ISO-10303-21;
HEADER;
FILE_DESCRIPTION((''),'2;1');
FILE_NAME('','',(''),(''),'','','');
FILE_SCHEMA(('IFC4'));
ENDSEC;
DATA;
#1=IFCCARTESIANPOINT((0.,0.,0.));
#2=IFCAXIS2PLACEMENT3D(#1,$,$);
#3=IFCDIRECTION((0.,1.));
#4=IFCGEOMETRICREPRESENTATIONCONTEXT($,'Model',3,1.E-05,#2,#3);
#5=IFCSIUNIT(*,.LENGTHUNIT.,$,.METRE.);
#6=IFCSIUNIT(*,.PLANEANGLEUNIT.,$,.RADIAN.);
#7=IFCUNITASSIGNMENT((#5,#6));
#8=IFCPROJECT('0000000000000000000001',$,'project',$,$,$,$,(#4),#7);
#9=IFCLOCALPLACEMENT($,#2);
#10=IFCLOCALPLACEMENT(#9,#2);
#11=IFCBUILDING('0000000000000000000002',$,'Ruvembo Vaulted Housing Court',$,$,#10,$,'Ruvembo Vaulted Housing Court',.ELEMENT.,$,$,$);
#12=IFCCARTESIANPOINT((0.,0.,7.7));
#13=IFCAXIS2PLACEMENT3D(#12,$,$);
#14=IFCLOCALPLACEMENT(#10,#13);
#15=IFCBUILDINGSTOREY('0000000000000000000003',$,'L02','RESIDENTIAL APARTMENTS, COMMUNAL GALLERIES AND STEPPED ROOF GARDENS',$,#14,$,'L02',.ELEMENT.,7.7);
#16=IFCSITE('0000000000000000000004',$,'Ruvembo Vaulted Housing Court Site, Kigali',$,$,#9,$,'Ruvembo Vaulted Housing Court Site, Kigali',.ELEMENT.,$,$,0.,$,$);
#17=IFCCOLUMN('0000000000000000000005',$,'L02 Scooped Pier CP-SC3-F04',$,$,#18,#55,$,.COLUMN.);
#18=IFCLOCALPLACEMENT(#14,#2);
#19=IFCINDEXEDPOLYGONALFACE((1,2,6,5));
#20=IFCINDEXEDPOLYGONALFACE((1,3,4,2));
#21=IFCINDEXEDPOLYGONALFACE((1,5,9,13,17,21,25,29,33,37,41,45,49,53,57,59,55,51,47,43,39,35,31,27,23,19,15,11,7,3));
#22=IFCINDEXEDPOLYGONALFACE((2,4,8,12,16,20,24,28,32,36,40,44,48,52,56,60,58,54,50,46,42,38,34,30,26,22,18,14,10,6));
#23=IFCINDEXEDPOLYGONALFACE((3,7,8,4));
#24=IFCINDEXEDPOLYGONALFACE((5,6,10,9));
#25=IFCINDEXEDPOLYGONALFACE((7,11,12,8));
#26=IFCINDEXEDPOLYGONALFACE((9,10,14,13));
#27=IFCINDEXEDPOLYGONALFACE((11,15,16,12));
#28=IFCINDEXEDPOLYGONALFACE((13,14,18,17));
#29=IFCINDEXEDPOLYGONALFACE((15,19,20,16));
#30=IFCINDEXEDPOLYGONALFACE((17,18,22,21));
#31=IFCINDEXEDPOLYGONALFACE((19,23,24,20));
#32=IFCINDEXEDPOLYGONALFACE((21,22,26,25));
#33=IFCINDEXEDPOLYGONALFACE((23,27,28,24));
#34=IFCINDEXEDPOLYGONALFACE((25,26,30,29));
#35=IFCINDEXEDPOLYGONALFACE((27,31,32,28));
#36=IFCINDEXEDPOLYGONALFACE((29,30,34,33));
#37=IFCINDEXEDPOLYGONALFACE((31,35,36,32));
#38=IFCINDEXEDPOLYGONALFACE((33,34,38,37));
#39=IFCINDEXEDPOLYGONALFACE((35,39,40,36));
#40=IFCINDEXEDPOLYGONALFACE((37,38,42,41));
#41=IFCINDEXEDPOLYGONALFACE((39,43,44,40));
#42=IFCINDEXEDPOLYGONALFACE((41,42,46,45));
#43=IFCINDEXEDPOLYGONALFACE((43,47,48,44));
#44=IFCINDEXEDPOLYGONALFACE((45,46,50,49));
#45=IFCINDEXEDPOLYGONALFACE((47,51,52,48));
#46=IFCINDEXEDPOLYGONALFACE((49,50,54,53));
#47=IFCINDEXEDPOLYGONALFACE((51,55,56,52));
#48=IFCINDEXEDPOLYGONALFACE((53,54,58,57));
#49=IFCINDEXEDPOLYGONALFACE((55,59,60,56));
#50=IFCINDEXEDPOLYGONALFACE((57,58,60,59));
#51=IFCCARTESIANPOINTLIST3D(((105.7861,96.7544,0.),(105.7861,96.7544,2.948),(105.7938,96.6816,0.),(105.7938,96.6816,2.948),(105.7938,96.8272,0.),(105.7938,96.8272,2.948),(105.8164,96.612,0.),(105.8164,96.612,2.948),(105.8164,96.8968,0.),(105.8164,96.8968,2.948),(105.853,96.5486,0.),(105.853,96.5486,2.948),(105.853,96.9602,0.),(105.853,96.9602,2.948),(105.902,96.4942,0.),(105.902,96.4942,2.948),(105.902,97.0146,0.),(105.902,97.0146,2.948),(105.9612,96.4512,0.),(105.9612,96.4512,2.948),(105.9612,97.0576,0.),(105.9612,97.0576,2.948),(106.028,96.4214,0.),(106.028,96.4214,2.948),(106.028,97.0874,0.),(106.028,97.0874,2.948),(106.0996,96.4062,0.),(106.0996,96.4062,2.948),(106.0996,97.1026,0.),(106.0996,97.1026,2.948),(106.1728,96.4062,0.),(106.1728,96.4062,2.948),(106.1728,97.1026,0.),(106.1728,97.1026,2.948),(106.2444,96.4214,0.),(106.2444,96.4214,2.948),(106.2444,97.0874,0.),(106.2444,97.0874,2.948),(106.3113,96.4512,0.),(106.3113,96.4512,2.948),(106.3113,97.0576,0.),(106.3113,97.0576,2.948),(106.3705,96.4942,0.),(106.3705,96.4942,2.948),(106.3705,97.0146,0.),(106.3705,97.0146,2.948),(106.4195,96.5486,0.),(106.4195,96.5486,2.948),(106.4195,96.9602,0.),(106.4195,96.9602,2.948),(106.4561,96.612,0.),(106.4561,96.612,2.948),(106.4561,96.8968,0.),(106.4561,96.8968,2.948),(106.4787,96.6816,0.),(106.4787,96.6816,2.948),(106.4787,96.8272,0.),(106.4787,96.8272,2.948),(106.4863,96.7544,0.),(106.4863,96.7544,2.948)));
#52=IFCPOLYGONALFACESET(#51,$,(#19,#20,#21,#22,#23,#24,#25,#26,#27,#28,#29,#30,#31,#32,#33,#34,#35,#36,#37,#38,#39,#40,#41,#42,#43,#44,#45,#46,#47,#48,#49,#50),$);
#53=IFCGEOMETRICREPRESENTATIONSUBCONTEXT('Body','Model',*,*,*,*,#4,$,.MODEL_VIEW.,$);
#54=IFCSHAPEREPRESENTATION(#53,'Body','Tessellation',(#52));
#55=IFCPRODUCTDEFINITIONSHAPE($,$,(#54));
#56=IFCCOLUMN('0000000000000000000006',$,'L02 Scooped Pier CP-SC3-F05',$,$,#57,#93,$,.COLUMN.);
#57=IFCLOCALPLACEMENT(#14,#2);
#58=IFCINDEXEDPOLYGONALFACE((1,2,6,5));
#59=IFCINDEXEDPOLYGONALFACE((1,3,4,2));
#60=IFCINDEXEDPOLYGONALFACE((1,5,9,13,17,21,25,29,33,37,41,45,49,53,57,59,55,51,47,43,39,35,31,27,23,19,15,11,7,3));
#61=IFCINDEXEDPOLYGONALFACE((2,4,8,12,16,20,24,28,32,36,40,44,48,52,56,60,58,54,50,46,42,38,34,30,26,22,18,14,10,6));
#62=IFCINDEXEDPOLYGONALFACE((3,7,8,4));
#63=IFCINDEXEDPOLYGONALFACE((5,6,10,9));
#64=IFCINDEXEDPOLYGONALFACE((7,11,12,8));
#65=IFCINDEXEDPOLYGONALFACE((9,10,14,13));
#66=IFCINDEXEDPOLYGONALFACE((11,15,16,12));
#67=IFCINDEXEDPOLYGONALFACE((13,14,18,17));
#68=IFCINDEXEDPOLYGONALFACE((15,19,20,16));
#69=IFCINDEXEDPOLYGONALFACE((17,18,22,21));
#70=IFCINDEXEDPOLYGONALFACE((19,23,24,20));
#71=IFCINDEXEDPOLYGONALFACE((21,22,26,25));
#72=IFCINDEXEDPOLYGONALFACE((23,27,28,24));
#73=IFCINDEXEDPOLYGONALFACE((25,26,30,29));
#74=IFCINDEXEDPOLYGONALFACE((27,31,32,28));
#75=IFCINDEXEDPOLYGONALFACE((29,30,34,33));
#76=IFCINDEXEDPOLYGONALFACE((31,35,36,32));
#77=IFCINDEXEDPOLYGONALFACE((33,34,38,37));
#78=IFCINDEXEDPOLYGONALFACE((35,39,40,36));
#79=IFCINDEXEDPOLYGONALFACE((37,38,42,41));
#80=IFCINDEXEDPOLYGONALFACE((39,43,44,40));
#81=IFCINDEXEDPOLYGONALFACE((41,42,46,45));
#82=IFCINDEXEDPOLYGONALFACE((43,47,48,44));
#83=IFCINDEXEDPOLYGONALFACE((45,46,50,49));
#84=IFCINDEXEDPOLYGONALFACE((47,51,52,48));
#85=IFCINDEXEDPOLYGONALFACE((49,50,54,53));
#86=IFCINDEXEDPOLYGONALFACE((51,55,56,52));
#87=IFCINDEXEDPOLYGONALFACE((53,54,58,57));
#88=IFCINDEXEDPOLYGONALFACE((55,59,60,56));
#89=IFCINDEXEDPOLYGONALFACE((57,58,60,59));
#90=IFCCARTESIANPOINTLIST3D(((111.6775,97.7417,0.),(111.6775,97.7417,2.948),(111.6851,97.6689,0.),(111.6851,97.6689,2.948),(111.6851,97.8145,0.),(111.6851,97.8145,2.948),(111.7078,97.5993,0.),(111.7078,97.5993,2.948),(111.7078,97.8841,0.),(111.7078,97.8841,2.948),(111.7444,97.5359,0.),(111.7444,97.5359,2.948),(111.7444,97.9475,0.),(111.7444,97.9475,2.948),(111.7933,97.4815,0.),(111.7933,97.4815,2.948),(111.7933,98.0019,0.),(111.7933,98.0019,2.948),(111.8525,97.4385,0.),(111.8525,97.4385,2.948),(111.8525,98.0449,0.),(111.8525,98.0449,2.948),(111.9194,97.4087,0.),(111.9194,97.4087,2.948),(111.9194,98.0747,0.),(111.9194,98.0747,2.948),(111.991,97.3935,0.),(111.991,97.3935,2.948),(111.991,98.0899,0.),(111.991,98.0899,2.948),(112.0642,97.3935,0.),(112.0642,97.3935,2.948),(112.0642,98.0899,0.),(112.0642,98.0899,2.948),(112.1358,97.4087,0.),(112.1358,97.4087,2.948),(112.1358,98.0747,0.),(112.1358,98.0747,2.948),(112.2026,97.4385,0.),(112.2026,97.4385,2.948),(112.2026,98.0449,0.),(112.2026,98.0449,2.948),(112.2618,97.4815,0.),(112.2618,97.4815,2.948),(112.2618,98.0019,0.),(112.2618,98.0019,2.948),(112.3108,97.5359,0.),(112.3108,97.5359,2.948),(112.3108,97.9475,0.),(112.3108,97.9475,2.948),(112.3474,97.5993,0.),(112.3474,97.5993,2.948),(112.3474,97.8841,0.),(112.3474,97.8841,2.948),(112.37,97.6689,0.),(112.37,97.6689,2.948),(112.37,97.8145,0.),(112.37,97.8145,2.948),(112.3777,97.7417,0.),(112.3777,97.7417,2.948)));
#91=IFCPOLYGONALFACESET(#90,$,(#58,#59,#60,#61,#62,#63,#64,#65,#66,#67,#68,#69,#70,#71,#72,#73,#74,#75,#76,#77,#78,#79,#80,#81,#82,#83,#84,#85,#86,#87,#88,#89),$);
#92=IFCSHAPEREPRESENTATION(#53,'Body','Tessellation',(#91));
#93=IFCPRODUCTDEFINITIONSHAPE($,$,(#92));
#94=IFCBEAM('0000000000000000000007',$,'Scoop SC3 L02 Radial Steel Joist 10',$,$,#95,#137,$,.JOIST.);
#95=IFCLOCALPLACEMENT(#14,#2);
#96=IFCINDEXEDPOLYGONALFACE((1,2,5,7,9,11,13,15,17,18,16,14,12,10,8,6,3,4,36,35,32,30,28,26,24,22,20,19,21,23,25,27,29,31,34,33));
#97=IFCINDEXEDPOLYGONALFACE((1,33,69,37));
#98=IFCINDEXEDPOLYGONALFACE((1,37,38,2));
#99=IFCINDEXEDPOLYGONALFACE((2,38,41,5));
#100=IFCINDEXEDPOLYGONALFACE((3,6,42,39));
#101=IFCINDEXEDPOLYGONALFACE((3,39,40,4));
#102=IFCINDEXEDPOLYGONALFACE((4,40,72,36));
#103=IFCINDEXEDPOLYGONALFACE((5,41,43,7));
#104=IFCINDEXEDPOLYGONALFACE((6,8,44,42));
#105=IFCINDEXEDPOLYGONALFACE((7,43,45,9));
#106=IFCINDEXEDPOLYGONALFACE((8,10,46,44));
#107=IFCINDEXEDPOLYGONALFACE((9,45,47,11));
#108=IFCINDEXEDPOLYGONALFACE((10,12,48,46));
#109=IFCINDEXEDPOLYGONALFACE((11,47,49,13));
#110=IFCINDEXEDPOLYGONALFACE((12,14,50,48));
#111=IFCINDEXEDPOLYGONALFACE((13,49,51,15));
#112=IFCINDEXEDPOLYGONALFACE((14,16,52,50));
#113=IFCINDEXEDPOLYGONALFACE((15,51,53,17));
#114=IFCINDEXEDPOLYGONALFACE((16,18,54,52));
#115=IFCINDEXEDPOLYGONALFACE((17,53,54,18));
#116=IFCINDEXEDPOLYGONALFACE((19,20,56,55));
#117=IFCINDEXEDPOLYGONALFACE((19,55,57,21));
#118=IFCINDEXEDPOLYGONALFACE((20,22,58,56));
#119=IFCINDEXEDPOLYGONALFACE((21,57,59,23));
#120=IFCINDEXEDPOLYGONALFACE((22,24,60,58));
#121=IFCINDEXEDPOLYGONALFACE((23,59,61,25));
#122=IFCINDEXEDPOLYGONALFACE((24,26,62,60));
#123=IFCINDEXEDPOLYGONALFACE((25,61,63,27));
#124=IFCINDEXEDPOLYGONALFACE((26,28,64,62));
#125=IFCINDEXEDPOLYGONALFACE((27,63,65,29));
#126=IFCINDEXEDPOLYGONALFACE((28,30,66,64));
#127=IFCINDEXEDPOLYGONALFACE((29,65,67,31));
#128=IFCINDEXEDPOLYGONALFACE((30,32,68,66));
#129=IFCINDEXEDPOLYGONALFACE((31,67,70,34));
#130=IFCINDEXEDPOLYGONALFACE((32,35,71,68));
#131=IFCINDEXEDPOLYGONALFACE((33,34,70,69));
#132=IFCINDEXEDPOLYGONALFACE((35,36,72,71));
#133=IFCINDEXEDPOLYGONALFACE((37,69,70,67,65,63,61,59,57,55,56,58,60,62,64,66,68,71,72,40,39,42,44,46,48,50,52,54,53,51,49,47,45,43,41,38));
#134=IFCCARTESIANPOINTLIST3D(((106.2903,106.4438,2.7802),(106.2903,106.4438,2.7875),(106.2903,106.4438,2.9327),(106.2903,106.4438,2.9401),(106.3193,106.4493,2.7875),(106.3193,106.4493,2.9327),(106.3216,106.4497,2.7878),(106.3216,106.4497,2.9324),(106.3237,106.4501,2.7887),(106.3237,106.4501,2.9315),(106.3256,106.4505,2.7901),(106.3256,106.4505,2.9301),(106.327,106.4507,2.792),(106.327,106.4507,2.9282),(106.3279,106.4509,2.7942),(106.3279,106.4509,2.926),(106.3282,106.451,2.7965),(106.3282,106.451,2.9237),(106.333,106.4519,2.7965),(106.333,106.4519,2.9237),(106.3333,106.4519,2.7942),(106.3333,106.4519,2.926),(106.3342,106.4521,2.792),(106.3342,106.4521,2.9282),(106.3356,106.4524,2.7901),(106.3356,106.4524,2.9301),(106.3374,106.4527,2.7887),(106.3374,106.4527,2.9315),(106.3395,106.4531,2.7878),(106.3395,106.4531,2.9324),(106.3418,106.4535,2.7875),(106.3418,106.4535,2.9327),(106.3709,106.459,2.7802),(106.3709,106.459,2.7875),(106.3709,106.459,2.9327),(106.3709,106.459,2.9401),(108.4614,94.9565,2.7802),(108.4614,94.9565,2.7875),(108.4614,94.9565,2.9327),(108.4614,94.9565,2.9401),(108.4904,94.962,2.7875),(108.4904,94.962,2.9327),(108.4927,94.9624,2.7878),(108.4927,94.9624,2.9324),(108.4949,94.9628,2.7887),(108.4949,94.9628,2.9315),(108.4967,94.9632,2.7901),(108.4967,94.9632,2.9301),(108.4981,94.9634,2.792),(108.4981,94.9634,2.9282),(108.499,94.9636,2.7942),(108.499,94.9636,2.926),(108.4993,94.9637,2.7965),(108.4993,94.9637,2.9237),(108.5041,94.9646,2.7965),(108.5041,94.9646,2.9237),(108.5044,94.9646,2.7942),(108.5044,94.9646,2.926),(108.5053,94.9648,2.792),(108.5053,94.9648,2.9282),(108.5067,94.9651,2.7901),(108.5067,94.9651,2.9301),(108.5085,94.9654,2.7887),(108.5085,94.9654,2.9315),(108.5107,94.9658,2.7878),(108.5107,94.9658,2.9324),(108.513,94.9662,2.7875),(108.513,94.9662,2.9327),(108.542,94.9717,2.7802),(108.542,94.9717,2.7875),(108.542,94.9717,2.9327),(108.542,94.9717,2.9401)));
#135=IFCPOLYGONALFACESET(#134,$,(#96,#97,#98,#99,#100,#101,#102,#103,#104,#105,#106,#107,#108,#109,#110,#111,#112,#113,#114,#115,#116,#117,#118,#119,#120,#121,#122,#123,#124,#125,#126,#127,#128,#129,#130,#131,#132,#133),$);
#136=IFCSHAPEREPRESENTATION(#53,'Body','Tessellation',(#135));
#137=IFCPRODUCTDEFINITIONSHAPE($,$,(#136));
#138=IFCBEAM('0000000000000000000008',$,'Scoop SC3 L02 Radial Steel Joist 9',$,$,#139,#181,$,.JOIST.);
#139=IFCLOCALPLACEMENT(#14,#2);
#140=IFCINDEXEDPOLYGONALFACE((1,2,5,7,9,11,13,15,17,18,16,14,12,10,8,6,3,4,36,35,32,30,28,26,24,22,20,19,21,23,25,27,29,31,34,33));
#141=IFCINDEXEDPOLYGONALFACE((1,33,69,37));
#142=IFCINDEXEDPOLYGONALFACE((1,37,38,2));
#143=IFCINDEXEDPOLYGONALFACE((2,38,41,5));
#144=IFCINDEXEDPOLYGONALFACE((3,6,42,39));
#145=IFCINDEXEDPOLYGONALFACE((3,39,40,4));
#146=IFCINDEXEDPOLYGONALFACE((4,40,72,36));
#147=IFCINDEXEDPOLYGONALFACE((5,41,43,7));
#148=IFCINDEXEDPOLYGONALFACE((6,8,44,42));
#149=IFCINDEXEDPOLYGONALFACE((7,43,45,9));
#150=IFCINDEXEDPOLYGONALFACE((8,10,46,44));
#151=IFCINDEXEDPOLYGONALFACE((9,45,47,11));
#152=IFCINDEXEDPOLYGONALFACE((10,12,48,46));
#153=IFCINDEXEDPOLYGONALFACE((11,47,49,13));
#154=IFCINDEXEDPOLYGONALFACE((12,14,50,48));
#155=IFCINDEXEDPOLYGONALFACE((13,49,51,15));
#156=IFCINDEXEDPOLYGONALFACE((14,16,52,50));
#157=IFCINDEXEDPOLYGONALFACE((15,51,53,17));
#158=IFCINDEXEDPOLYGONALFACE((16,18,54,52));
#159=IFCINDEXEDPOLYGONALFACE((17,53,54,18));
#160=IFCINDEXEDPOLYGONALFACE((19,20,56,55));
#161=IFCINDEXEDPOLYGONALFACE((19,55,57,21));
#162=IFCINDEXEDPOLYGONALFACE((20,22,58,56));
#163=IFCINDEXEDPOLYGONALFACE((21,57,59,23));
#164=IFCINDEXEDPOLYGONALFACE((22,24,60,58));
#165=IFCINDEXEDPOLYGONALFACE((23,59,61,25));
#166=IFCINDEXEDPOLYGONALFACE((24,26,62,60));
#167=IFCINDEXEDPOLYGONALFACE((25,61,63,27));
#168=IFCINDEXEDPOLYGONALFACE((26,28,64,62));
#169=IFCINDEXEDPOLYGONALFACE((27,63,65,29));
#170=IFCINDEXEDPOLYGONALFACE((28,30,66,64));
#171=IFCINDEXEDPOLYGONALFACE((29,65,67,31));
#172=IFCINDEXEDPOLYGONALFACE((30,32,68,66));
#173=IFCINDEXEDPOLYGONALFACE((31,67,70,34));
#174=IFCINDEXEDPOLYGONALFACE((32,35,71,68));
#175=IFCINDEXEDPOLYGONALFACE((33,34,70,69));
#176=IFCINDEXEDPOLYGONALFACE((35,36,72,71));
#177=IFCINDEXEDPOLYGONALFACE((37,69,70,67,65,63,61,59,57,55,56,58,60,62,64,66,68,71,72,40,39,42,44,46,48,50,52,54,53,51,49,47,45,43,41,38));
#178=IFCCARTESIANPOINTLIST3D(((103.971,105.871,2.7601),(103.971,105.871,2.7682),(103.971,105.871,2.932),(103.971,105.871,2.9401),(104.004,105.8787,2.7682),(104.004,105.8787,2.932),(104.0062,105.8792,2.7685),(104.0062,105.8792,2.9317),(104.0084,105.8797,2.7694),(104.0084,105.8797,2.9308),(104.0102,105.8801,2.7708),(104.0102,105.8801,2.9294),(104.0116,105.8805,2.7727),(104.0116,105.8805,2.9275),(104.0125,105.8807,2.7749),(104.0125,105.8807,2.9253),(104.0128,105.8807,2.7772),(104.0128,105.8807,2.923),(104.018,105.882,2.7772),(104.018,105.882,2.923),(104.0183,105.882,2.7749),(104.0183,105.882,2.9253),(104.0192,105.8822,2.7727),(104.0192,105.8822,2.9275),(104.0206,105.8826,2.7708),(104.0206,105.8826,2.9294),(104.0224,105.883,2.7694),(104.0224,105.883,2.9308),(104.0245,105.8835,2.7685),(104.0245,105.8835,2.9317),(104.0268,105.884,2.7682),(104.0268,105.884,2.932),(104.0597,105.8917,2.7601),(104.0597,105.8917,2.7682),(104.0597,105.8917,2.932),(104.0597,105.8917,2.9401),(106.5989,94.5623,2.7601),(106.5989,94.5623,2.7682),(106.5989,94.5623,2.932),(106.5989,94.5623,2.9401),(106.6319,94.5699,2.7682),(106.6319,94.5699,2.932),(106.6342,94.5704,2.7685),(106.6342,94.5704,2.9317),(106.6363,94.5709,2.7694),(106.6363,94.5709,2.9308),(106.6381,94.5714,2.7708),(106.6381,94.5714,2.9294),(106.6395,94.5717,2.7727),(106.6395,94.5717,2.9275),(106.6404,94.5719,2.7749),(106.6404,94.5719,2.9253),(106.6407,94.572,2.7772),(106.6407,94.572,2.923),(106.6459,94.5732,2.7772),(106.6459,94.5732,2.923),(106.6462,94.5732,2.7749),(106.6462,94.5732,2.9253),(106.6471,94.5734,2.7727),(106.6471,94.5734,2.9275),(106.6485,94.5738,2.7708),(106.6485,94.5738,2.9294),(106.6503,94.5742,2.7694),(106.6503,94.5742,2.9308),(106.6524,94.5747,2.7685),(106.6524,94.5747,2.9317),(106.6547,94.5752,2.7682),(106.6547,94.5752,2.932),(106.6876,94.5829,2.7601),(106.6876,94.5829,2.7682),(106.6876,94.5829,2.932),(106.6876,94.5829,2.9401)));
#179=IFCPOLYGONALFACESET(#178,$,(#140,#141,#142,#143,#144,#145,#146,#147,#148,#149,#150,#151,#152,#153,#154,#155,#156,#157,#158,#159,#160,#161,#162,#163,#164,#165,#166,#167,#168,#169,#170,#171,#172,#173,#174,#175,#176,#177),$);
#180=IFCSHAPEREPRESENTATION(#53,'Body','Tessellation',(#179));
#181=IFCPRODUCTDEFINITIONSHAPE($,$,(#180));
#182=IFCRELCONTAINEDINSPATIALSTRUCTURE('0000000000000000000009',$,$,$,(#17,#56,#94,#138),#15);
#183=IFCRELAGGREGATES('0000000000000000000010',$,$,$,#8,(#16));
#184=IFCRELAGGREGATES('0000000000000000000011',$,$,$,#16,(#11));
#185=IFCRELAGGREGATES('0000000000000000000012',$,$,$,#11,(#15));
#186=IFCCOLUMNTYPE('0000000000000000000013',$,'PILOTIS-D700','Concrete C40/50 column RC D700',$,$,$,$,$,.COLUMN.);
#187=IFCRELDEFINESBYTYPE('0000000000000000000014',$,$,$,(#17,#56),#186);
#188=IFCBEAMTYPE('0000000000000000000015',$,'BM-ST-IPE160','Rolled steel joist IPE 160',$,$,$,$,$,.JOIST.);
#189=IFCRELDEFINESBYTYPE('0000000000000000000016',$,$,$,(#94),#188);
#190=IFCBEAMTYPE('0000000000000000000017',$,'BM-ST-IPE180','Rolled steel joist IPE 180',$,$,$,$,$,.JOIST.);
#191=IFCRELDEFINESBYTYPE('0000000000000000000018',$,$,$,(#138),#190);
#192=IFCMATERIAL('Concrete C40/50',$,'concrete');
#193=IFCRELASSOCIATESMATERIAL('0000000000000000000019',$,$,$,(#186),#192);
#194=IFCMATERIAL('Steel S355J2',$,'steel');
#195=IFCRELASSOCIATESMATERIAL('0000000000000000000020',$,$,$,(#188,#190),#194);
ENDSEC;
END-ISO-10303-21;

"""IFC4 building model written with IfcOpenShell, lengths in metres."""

from ifc_helpers import new_model, si_unit, direction, frame, origin, origin_2d, place, context, subcontext, project, spatial, circle, i_section, extrude, material, material_profile, profile_set, type_object, element, save


model = new_model("IFC4")

# Units and contexts
model_context = context("Model", 3, precision=1e-05, world=origin(), true_north=direction((0.0, 1.0)))
body_context = subcontext(model_context, "Body", "Model", "MODEL_VIEW")
ifc_project = project(units=[si_unit("LENGTHUNIT", "METRE"), si_unit("PLANEANGLEUNIT", "RADIAN")], contexts=[model_context])

# Site, building, storey
site_placement = place(None, origin())
site = spatial("IfcSite", under=ifc_project, at=site_placement, Name="Ruvembo Vaulted Housing Court Site, Kigali", LongName="Ruvembo Vaulted Housing Court Site, Kigali", CompositionType="ELEMENT", RefElevation=0.0)
building_placement = place(site_placement, origin())
building = spatial("IfcBuilding", under=site, at=building_placement, Name="Ruvembo Vaulted Housing Court", LongName="Ruvembo Vaulted Housing Court", CompositionType="ELEMENT")
storey_placement = place(building_placement, frame((0.0, 0.0, 7.7)))
storey = spatial("IfcBuildingStorey", under=building, at=storey_placement, Name="L02", Description="RESIDENTIAL APARTMENTS, COMMUNAL GALLERIES AND STEPPED ROOF GARDENS", LongName="L02", CompositionType="ELEMENT", Elevation=7.7)

# Columns
ifc_material_1 = material(Name="Concrete C40/50", Category="concrete")
ifc_material_profile_1 = material_profile(ifc_material_1, circle(Radius=0.3501, at=origin_2d()), Name="RC D700")
ifc_profile_set_1 = profile_set([ifc_material_profile_1], Name="Concrete C40/50")
column_type = type_object("IfcColumnType", Name="PILOTIS-D700", Description="Concrete C40/50 column RC D700", PredefinedType="COLUMN", material=ifc_profile_set_1)
for number, where, z_axis, x_axis, name in (
    (1, (106.1362, 96.7544, 0.0), (0.0, 0.0, 1.0), (1.0, 0.0, 0.0), "L02 Scooped Pier CP-SC3-F04"),
    (2, (112.0276, 97.7417, 0.0), (0.0, 0.0, 1.0), (1.0, 0.0, 0.0), "L02 Scooped Pier CP-SC3-F05"),
):
    element("IfcColumn", number, at=place(storey_placement, frame(where, z_axis=z_axis, x_axis=x_axis)), inside=storey, type_object=column_type, Name=name, PredefinedType="COLUMN", context=body_context, shape_type="SweptSolid", body=[
        extrude(circle(Radius=0.3501, at=origin_2d()), origin(), (0.0, 0.0, 1.0), 2.948),
    ])

# Beams
ifc_material_2 = material(Name="Steel S355J2", Category="steel")
ifc_material_profile_2 = material_profile(ifc_material_2, i_section(OverallWidth=0.082, OverallDepth=0.1599, WebThickness=0.0049, FlangeThickness=0.0073, FilletRadius=0.009, at=origin_2d()), Name="IPE 160")
ifc_profile_set_2 = profile_set([ifc_material_profile_2], Name="Steel S355J2")
beam_type_1 = type_object("IfcBeamType", Name="BM-ST-IPE160", Description="Rolled steel joist IPE 160", PredefinedType="JOIST", material=ifc_profile_set_2)
beam_1_placement = place(storey_placement, frame((106.3306, 106.4514, 2.8601), z_axis=(0.185716, -0.982604, 0.0), x_axis=(0.982604, 0.185716, 0.0)))
element("IfcBeam", 3, at=beam_1_placement, inside=storey, type_object=beam_type_1, Name="Scoop SC3 L02 Radial Steel Joist 10", PredefinedType="JOIST", context=body_context, shape_type="SweptSolid", body=[
    extrude(i_section(OverallWidth=0.082, OverallDepth=0.1599, WebThickness=0.0049, FlangeThickness=0.0073, FilletRadius=0.009, at=origin_2d()), origin(), (0.0, 0.0, 1.0), 11.6907),
])
ifc_material_profile_3 = material_profile(ifc_material_2, i_section(OverallWidth=0.0911, OverallDepth=0.1799, WebThickness=0.0054, FlangeThickness=0.0081, FilletRadius=0.009, at=origin_2d()), Name="IPE 180")
ifc_profile_set_3 = profile_set([ifc_material_profile_3], Name="Steel S355J2")
beam_type_2 = type_object("IfcBeamType", Name="BM-ST-IPE180", Description="Rolled steel joist IPE 180", PredefinedType="JOIST", material=ifc_profile_set_3)
beam_2_placement = place(storey_placement, frame((104.0154, 105.8813, 2.8501), z_axis=(0.226347, -0.974047, 0.0), x_axis=(0.974047, 0.226347, 0.0)))
element("IfcBeam", 4, at=beam_2_placement, inside=storey, type_object=beam_type_2, Name="Scoop SC3 L02 Radial Steel Joist 9", PredefinedType="JOIST", context=body_context, shape_type="SweptSolid", body=[
    extrude(i_section(OverallWidth=0.0911, OverallDepth=0.1799, WebThickness=0.0054, FlangeThickness=0.0081, FilletRadius=0.009, at=origin_2d()), origin(), (0.0, 0.0, 1.0), 11.6101),
])

save(model, "model.ifc")
